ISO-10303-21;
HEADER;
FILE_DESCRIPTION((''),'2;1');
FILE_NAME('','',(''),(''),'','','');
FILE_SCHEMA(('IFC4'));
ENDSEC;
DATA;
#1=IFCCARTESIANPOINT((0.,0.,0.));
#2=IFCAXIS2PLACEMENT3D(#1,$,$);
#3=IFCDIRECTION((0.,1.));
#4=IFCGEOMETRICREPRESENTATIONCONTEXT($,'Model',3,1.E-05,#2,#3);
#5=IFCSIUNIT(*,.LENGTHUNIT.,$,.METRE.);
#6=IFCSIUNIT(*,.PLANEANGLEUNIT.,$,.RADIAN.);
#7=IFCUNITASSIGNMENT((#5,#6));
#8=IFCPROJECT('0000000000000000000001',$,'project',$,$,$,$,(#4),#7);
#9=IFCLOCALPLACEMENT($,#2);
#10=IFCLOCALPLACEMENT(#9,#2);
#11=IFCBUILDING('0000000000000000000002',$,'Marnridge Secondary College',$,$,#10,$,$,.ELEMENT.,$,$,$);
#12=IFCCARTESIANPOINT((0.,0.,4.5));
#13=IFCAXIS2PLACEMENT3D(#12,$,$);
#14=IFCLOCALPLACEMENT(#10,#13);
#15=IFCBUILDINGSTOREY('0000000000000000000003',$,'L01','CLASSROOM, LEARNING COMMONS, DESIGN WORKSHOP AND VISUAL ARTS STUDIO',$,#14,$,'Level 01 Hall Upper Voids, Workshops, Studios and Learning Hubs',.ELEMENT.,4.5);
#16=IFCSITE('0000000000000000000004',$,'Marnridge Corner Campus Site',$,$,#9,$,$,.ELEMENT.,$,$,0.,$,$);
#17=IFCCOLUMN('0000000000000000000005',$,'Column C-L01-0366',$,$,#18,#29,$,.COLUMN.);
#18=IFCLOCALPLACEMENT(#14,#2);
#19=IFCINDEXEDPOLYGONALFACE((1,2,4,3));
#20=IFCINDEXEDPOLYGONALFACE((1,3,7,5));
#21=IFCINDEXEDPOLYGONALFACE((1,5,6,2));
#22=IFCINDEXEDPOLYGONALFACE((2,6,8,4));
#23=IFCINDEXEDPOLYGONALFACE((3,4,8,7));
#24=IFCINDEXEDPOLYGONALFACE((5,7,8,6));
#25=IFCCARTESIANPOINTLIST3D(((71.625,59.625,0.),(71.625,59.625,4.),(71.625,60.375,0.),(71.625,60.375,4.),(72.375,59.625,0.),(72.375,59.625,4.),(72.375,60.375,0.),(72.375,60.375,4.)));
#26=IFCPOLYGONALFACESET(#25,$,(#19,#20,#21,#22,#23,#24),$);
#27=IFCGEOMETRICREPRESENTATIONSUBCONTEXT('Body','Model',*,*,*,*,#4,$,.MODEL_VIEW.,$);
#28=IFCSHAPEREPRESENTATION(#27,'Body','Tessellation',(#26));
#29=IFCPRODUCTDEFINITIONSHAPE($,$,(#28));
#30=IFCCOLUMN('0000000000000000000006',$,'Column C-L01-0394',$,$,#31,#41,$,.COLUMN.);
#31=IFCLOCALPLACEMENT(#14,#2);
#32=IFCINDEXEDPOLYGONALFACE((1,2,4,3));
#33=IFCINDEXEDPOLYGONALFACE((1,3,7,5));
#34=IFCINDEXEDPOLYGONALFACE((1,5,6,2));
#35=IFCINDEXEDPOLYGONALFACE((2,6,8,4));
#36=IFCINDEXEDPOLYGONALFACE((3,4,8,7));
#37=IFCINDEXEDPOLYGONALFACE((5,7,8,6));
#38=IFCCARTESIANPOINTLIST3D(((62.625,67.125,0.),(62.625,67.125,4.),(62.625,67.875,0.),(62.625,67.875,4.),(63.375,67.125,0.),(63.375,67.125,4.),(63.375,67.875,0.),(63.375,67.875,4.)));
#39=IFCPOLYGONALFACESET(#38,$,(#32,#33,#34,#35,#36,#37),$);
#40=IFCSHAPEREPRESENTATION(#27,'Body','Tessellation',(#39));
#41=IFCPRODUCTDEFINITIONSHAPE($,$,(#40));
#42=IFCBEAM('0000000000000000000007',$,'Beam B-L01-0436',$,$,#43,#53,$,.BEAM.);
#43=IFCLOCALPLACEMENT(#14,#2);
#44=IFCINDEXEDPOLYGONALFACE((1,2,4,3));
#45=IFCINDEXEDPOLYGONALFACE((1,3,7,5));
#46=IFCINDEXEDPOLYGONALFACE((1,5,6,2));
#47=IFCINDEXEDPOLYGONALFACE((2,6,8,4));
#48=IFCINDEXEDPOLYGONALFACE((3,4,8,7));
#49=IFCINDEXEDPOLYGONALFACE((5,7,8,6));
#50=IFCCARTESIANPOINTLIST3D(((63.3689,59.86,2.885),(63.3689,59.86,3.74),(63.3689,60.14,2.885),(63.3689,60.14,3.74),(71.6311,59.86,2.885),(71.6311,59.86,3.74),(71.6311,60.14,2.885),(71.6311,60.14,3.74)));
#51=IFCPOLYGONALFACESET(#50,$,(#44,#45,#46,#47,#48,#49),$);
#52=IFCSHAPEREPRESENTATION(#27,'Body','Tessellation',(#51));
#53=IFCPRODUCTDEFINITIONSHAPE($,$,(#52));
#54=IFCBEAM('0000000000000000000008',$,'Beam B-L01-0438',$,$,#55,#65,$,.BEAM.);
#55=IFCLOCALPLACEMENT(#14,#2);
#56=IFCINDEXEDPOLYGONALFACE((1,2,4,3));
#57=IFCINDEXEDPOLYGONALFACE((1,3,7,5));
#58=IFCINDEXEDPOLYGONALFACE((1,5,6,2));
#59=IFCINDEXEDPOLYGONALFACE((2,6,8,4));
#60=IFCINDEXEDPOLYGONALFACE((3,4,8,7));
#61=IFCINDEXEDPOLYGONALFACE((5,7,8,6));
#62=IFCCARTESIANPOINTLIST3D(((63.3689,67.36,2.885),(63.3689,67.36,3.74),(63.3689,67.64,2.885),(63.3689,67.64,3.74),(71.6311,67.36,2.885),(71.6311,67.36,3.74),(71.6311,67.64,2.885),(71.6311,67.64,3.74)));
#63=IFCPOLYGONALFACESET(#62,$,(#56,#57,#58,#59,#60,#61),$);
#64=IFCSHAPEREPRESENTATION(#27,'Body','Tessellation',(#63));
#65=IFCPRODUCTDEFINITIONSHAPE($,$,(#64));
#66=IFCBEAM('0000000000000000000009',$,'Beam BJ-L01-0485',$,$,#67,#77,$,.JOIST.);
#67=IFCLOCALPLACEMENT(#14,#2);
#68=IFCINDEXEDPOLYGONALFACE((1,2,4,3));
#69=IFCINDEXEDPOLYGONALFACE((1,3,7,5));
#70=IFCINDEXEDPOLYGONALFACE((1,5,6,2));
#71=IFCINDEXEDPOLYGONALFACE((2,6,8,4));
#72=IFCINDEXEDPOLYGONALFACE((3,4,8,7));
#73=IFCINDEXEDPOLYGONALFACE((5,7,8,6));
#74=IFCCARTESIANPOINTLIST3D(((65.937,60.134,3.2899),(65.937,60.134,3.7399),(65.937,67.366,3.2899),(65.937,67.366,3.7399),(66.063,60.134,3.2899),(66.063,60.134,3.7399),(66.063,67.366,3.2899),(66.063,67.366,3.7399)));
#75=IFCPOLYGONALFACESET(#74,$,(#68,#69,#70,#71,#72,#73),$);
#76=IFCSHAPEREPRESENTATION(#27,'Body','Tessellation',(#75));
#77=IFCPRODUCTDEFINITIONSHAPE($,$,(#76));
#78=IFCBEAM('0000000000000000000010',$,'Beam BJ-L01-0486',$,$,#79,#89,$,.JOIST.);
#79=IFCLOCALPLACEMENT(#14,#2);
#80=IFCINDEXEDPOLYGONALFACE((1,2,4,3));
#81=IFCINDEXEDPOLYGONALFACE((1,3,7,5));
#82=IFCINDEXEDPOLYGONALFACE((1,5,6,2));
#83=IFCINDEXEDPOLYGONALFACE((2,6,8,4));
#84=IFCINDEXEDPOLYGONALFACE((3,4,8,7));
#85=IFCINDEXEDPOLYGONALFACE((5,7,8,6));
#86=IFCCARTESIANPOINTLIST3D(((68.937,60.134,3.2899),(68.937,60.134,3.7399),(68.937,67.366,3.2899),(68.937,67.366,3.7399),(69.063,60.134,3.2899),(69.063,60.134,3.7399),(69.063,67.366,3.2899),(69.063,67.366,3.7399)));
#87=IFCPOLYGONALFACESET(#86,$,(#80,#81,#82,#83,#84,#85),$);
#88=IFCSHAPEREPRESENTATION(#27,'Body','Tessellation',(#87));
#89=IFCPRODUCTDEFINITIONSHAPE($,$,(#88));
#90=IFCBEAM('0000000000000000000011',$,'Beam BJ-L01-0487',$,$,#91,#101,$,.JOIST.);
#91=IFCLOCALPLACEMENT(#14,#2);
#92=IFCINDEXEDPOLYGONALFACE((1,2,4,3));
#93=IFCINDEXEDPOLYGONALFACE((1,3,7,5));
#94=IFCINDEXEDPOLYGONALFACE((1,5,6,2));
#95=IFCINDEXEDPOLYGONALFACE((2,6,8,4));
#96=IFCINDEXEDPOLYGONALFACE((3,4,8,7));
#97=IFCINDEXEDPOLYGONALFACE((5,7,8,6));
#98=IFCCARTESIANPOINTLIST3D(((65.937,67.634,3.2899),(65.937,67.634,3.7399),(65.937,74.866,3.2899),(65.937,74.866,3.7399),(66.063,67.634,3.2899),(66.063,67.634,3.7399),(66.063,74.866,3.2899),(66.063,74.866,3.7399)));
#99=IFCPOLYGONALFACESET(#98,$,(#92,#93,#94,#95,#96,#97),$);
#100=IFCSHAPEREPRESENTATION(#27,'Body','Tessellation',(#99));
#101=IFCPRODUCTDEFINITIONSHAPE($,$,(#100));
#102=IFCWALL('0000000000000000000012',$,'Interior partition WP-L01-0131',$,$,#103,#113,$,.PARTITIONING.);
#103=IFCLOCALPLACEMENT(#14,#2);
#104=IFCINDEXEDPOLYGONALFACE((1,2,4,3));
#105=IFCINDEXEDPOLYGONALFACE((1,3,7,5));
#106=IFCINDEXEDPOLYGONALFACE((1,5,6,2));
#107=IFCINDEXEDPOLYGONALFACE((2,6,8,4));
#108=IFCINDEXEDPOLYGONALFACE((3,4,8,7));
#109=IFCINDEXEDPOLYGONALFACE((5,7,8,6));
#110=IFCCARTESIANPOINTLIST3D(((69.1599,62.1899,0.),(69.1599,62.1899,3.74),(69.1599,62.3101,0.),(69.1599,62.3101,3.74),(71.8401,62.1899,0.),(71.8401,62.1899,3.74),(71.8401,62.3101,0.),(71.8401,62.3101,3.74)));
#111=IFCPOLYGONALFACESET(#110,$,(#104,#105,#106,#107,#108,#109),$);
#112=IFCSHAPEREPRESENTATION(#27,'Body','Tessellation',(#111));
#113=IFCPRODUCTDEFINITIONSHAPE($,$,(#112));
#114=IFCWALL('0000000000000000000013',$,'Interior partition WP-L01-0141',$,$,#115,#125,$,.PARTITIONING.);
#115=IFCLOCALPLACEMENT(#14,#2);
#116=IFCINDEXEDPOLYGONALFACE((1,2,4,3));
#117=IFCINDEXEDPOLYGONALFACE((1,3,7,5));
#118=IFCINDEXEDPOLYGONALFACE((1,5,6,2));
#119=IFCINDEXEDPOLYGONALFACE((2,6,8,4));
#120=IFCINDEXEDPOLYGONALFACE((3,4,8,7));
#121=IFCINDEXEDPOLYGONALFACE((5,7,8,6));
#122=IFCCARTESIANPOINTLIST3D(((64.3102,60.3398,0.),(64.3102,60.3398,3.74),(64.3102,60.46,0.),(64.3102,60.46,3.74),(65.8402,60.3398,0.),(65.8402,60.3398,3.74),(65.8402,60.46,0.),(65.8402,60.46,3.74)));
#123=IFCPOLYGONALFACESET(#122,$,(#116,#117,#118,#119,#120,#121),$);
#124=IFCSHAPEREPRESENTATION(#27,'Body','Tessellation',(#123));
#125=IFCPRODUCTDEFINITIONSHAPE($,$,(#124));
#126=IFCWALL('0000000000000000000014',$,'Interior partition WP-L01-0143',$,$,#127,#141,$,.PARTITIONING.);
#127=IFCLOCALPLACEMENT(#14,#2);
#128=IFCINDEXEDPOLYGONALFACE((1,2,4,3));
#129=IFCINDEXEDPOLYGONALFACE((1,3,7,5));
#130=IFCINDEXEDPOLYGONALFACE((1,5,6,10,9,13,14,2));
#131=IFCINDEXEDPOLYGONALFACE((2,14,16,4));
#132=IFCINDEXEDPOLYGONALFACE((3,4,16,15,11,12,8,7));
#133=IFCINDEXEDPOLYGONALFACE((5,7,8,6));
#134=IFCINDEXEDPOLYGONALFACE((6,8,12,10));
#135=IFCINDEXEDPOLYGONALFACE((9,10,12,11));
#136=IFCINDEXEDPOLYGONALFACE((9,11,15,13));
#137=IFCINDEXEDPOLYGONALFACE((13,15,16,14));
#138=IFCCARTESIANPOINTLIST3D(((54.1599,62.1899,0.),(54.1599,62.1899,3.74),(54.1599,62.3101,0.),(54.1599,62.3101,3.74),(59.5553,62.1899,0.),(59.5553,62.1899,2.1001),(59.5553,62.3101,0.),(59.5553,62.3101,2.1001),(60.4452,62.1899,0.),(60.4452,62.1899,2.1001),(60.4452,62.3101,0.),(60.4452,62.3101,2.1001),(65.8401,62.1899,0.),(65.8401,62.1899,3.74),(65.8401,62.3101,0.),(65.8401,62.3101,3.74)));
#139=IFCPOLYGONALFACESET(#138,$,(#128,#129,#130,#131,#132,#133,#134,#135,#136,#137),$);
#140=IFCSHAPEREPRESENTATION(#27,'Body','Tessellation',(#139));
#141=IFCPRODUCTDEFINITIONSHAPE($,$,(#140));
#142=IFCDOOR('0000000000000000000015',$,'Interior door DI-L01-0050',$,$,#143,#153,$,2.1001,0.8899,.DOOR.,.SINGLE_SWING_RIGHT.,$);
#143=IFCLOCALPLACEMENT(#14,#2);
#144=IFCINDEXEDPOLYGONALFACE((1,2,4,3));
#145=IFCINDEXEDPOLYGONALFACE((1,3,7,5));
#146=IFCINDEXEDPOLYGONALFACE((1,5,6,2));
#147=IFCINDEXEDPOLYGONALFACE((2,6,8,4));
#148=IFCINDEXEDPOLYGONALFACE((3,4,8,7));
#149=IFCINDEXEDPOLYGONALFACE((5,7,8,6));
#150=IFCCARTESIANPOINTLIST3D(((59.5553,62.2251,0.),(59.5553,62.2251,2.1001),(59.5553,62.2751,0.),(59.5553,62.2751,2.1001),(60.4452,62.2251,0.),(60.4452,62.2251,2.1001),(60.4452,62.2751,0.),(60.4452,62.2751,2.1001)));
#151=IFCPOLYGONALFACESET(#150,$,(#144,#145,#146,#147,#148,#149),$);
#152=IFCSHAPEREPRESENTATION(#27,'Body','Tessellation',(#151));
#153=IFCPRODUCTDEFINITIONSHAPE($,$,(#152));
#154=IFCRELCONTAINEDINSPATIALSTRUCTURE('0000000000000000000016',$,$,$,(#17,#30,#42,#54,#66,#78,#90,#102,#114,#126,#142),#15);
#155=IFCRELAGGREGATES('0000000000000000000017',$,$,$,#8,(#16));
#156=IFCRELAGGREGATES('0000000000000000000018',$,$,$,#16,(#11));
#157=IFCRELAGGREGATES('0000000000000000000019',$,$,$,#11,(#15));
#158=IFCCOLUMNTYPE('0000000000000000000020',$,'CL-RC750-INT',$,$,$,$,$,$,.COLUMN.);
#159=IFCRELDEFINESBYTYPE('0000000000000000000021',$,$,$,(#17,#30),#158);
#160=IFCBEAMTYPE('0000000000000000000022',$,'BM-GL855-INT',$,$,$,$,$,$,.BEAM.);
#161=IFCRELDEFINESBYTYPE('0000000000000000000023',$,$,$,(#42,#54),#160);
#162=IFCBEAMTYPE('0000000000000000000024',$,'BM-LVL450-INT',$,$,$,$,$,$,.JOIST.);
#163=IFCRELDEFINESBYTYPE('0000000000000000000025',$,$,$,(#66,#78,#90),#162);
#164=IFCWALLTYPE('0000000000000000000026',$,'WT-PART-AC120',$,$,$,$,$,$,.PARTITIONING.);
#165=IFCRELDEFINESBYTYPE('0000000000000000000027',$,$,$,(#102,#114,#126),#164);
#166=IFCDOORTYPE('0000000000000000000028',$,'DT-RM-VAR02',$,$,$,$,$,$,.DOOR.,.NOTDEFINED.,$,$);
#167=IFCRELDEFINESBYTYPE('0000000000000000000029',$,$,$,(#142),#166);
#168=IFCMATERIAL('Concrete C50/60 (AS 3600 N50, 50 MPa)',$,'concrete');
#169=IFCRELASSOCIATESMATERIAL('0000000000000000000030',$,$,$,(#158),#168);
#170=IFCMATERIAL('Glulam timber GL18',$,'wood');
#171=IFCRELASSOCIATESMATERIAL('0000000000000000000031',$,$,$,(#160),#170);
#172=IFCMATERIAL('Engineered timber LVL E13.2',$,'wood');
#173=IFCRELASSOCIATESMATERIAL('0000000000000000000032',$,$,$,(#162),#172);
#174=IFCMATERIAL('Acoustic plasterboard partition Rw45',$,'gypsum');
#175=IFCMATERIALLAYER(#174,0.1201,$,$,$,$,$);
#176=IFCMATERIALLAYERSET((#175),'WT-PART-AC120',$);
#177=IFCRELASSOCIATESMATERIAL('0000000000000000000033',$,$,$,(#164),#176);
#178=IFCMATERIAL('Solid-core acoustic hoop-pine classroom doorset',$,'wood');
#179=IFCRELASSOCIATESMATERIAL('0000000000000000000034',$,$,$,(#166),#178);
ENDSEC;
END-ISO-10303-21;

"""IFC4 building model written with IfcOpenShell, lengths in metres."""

from ifc_helpers import new_model, si_unit, direction, frame, frame_2d, origin, origin_2d, place, context, subcontext, project, spatial, rectangle, extrude, material, layer, layer_set, material_profile, profile_set, type_object, element, fill, save


model = new_model("IFC4")

# Units and contexts
model_context = context("Model", 3, precision=1e-05, world=origin(), true_north=direction((0.0, 1.0)))
body_context = subcontext(model_context, "Body", "Model", "MODEL_VIEW")
ifc_project = project(units=[si_unit("LENGTHUNIT", "METRE"), si_unit("PLANEANGLEUNIT", "RADIAN")], contexts=[model_context])

# Site, building, storey
site_placement = place(None, origin())
site = spatial("IfcSite", under=ifc_project, at=site_placement, Name="Marnridge Corner Campus Site", CompositionType="ELEMENT", RefElevation=0.0)
building_placement = place(site_placement, origin())
building = spatial("IfcBuilding", under=site, at=building_placement, Name="Marnridge Secondary College", CompositionType="ELEMENT")
storey_placement = place(building_placement, frame((0.0, 0.0, 4.5)))
storey = spatial("IfcBuildingStorey", under=building, at=storey_placement, Name="L01", Description="CLASSROOM, LEARNING COMMONS, DESIGN WORKSHOP AND VISUAL ARTS STUDIO", LongName="Level 01 Hall Upper Voids, Workshops, Studios and Learning Hubs", CompositionType="ELEMENT", Elevation=4.5)

# Columns
ifc_material_1 = material(Name="Concrete C50/60 (AS 3600 N50, 50 MPa)", Category="concrete")
ifc_material_profile_1 = material_profile(ifc_material_1, rectangle(XDim=0.75, YDim=0.75, at=origin_2d()), Name="RC 750x750")
ifc_profile_set_1 = profile_set([ifc_material_profile_1], Name="Concrete C50/60 (AS 3600 N50, 50 MPa)")
column_type = type_object("IfcColumnType", Name="CL-RC750-INT", PredefinedType="COLUMN", material=ifc_profile_set_1)
for number, where, z_axis, x_axis, name in (
    (1, (72.0, 60.0, 0.0), (0.0, 0.0, 1.0), (1.0, 0.0, 0.0), "Column C-L01-0366"),
    (2, (63.0, 67.5, 0.0), (0.0, 0.0, 1.0), (1.0, 0.0, 0.0), "Column C-L01-0394"),
):
    element("IfcColumn", number, at=place(storey_placement, frame(where, z_axis=z_axis, x_axis=x_axis)), inside=storey, type_object=column_type, Name=name, PredefinedType="COLUMN", context=body_context, shape_type="SweptSolid", body=[
        extrude(rectangle(XDim=0.75, YDim=0.75, at=origin_2d()), origin(), (0.0, 0.0, 1.0), 4.0),
    ])

# Beams
ifc_material_2 = material(Name="Glulam timber GL18", Category="wood")
ifc_material_profile_2 = material_profile(ifc_material_2, rectangle(XDim=0.28, YDim=0.855, at=origin_2d()), Name="GL18 280x855")
ifc_profile_set_2 = profile_set([ifc_material_profile_2], Name="Glulam timber GL18")
beam_type_1 = type_object("IfcBeamType", Name="BM-GL855-INT", PredefinedType="BEAM", material=ifc_profile_set_2)
for number, where, z_axis, x_axis, name in (
    (3, (63.3689, 60.0, 3.3125), (1.0, 0.0, 0.0), (0.0, 1.0, 0.0), "Beam B-L01-0436"),
    (4, (63.3689, 67.5, 3.3125), (1.0, 0.0, 0.0), (0.0, 1.0, 0.0), "Beam B-L01-0438"),
):
    element("IfcBeam", number, at=place(storey_placement, frame(where, z_axis=z_axis, x_axis=x_axis)), inside=storey, type_object=beam_type_1, Name=name, PredefinedType="BEAM", context=body_context, shape_type="SweptSolid", body=[
        extrude(rectangle(XDim=0.28, YDim=0.855, at=origin_2d()), origin(), (0.0, 0.0, 1.0), 8.2622),
    ])
ifc_material_3 = material(Name="Engineered timber LVL E13.2", Category="wood")
ifc_material_profile_3 = material_profile(ifc_material_3, rectangle(XDim=0.126, YDim=0.45, at=origin_2d()), Name="LVL 126x450")
ifc_profile_set_3 = profile_set([ifc_material_profile_3], Name="Engineered timber LVL E13.2")
beam_type_2 = type_object("IfcBeamType", Name="BM-LVL450-INT", PredefinedType="JOIST", material=ifc_profile_set_3)
for number, where, z_axis, x_axis, name in (
    (5, (66.0, 60.134, 3.5149), (0.0, 1.0, 0.0), (-1.0, 0.0, 0.0), "Beam BJ-L01-0485"),
    (6, (69.0, 60.134, 3.5149), (0.0, 1.0, 0.0), (-1.0, 0.0, 0.0), "Beam BJ-L01-0486"),
    (7, (66.0, 67.634, 3.5149), (0.0, 1.0, 0.0), (-1.0, 0.0, 0.0), "Beam BJ-L01-0487"),
):
    element("IfcBeam", number, at=place(storey_placement, frame(where, z_axis=z_axis, x_axis=x_axis)), inside=storey, type_object=beam_type_2, Name=name, PredefinedType="JOIST", context=body_context, shape_type="SweptSolid", body=[
        extrude(rectangle(XDim=0.126, YDim=0.45, at=origin_2d()), origin(), (0.0, 0.0, 1.0), 7.2319),
    ])

# Walls
ifc_material_4 = material(Name="Acoustic plasterboard partition Rw45", Category="gypsum")
ifc_layer_1 = layer(ifc_material_4, 0.1201)
ifc_layer_set_1 = layer_set([ifc_layer_1], Name="WT-PART-AC120")
wall_type_1 = type_object("IfcWallType", Name="WT-PART-AC120", PredefinedType="PARTITIONING", material=ifc_layer_set_1)
wall_1_placement = place(storey_placement, frame((71.8401, 62.25, 0.0), z_axis=(0.0, 0.0, 1.0), x_axis=(-1.0, 0.0, 0.0)))
element("IfcWall", 8, at=wall_1_placement, inside=storey, type_object=wall_type_1, Name="Interior partition WP-L01-0131", PredefinedType="PARTITIONING", context=body_context, shape_type="SweptSolid", body=[
    extrude(rectangle(XDim=2.6802, YDim=0.1201, at=frame_2d((1.3401, 0.0))), origin(), (0.0, 0.0, 1.0), 3.74),
])
wall_2_placement = place(storey_placement, frame((64.3101, 60.3999, 0.0), z_axis=(0.0, 0.0, 1.0), x_axis=(1.0, 0.0, 0.0)))
element("IfcWall", 9, at=wall_2_placement, inside=storey, type_object=wall_type_1, Name="Interior partition WP-L01-0141", PredefinedType="PARTITIONING", context=body_context, shape_type="SweptSolid", body=[
    extrude(rectangle(XDim=1.53, YDim=0.1201, at=frame_2d((0.7651, 0.0))), origin(), (0.0, 0.0, 1.0), 3.74),
])

# Wall, opening, door
wall_3_placement = place(storey_placement, frame((65.8401, 62.25, 0.0), z_axis=(0.0, 0.0, 1.0), x_axis=(-1.0, 0.0, 0.0)))
wall_3 = element("IfcWall", 10, at=wall_3_placement, inside=storey, type_object=wall_type_1, Name="Interior partition WP-L01-0143", PredefinedType="PARTITIONING", context=body_context, shape_type="SweptSolid", body=[
    extrude(rectangle(XDim=11.6802, YDim=0.1201, at=frame_2d((5.8401, 0.0))), origin(), (0.0, 0.0, 1.0), 3.74),
])
opening_1_placement = place(wall_3_placement, frame((5.395, 0.0, 0.0)))
opening_1 = element("IfcOpeningElement", 11, at=opening_1_placement, cuts=wall_3, PredefinedType="OPENING", context=body_context, shape_type="SweptSolid", body=[
    extrude(rectangle(XDim=0.8899, YDim=2.1001, at=frame_2d((0.4448, 1.05))), frame((0.0, 0.0701, 0.0), z_axis=(0.0, -1.0, 0.0), x_axis=(1.0, 0.0, 0.0)), (0.0, 0.0, 1.0), 0.1401),
])
ifc_material_5 = material(Name="Solid-core acoustic hoop-pine classroom doorset", Category="wood")
door_type_1 = type_object("IfcDoorType", Name="DT-RM-VAR02", OperationType="NOTDEFINED", PredefinedType="DOOR", material=ifc_material_5)
door_1_placement = place(opening_1_placement, origin())
door_1 = element("IfcDoor", 12, at=door_1_placement, inside=storey, type_object=door_type_1, Name="Interior door DI-L01-0050", OperationType="SINGLE_SWING_RIGHT", OverallHeight=2.1001, OverallWidth=0.8899, PredefinedType="DOOR", context=body_context, shape_type="SweptSolid", body=[
    extrude(rectangle(XDim=0.8899, YDim=2.1001, at=frame_2d((0.4448, 1.05))), frame((0.0, 0.0249, 0.0), z_axis=(0.0, -1.0, 0.0), x_axis=(1.0, 0.0, 0.0)), (0.0, 0.0, 1.0), 0.05),
])
fill(opening_1, door_1)

save(model, "model.ifc")
